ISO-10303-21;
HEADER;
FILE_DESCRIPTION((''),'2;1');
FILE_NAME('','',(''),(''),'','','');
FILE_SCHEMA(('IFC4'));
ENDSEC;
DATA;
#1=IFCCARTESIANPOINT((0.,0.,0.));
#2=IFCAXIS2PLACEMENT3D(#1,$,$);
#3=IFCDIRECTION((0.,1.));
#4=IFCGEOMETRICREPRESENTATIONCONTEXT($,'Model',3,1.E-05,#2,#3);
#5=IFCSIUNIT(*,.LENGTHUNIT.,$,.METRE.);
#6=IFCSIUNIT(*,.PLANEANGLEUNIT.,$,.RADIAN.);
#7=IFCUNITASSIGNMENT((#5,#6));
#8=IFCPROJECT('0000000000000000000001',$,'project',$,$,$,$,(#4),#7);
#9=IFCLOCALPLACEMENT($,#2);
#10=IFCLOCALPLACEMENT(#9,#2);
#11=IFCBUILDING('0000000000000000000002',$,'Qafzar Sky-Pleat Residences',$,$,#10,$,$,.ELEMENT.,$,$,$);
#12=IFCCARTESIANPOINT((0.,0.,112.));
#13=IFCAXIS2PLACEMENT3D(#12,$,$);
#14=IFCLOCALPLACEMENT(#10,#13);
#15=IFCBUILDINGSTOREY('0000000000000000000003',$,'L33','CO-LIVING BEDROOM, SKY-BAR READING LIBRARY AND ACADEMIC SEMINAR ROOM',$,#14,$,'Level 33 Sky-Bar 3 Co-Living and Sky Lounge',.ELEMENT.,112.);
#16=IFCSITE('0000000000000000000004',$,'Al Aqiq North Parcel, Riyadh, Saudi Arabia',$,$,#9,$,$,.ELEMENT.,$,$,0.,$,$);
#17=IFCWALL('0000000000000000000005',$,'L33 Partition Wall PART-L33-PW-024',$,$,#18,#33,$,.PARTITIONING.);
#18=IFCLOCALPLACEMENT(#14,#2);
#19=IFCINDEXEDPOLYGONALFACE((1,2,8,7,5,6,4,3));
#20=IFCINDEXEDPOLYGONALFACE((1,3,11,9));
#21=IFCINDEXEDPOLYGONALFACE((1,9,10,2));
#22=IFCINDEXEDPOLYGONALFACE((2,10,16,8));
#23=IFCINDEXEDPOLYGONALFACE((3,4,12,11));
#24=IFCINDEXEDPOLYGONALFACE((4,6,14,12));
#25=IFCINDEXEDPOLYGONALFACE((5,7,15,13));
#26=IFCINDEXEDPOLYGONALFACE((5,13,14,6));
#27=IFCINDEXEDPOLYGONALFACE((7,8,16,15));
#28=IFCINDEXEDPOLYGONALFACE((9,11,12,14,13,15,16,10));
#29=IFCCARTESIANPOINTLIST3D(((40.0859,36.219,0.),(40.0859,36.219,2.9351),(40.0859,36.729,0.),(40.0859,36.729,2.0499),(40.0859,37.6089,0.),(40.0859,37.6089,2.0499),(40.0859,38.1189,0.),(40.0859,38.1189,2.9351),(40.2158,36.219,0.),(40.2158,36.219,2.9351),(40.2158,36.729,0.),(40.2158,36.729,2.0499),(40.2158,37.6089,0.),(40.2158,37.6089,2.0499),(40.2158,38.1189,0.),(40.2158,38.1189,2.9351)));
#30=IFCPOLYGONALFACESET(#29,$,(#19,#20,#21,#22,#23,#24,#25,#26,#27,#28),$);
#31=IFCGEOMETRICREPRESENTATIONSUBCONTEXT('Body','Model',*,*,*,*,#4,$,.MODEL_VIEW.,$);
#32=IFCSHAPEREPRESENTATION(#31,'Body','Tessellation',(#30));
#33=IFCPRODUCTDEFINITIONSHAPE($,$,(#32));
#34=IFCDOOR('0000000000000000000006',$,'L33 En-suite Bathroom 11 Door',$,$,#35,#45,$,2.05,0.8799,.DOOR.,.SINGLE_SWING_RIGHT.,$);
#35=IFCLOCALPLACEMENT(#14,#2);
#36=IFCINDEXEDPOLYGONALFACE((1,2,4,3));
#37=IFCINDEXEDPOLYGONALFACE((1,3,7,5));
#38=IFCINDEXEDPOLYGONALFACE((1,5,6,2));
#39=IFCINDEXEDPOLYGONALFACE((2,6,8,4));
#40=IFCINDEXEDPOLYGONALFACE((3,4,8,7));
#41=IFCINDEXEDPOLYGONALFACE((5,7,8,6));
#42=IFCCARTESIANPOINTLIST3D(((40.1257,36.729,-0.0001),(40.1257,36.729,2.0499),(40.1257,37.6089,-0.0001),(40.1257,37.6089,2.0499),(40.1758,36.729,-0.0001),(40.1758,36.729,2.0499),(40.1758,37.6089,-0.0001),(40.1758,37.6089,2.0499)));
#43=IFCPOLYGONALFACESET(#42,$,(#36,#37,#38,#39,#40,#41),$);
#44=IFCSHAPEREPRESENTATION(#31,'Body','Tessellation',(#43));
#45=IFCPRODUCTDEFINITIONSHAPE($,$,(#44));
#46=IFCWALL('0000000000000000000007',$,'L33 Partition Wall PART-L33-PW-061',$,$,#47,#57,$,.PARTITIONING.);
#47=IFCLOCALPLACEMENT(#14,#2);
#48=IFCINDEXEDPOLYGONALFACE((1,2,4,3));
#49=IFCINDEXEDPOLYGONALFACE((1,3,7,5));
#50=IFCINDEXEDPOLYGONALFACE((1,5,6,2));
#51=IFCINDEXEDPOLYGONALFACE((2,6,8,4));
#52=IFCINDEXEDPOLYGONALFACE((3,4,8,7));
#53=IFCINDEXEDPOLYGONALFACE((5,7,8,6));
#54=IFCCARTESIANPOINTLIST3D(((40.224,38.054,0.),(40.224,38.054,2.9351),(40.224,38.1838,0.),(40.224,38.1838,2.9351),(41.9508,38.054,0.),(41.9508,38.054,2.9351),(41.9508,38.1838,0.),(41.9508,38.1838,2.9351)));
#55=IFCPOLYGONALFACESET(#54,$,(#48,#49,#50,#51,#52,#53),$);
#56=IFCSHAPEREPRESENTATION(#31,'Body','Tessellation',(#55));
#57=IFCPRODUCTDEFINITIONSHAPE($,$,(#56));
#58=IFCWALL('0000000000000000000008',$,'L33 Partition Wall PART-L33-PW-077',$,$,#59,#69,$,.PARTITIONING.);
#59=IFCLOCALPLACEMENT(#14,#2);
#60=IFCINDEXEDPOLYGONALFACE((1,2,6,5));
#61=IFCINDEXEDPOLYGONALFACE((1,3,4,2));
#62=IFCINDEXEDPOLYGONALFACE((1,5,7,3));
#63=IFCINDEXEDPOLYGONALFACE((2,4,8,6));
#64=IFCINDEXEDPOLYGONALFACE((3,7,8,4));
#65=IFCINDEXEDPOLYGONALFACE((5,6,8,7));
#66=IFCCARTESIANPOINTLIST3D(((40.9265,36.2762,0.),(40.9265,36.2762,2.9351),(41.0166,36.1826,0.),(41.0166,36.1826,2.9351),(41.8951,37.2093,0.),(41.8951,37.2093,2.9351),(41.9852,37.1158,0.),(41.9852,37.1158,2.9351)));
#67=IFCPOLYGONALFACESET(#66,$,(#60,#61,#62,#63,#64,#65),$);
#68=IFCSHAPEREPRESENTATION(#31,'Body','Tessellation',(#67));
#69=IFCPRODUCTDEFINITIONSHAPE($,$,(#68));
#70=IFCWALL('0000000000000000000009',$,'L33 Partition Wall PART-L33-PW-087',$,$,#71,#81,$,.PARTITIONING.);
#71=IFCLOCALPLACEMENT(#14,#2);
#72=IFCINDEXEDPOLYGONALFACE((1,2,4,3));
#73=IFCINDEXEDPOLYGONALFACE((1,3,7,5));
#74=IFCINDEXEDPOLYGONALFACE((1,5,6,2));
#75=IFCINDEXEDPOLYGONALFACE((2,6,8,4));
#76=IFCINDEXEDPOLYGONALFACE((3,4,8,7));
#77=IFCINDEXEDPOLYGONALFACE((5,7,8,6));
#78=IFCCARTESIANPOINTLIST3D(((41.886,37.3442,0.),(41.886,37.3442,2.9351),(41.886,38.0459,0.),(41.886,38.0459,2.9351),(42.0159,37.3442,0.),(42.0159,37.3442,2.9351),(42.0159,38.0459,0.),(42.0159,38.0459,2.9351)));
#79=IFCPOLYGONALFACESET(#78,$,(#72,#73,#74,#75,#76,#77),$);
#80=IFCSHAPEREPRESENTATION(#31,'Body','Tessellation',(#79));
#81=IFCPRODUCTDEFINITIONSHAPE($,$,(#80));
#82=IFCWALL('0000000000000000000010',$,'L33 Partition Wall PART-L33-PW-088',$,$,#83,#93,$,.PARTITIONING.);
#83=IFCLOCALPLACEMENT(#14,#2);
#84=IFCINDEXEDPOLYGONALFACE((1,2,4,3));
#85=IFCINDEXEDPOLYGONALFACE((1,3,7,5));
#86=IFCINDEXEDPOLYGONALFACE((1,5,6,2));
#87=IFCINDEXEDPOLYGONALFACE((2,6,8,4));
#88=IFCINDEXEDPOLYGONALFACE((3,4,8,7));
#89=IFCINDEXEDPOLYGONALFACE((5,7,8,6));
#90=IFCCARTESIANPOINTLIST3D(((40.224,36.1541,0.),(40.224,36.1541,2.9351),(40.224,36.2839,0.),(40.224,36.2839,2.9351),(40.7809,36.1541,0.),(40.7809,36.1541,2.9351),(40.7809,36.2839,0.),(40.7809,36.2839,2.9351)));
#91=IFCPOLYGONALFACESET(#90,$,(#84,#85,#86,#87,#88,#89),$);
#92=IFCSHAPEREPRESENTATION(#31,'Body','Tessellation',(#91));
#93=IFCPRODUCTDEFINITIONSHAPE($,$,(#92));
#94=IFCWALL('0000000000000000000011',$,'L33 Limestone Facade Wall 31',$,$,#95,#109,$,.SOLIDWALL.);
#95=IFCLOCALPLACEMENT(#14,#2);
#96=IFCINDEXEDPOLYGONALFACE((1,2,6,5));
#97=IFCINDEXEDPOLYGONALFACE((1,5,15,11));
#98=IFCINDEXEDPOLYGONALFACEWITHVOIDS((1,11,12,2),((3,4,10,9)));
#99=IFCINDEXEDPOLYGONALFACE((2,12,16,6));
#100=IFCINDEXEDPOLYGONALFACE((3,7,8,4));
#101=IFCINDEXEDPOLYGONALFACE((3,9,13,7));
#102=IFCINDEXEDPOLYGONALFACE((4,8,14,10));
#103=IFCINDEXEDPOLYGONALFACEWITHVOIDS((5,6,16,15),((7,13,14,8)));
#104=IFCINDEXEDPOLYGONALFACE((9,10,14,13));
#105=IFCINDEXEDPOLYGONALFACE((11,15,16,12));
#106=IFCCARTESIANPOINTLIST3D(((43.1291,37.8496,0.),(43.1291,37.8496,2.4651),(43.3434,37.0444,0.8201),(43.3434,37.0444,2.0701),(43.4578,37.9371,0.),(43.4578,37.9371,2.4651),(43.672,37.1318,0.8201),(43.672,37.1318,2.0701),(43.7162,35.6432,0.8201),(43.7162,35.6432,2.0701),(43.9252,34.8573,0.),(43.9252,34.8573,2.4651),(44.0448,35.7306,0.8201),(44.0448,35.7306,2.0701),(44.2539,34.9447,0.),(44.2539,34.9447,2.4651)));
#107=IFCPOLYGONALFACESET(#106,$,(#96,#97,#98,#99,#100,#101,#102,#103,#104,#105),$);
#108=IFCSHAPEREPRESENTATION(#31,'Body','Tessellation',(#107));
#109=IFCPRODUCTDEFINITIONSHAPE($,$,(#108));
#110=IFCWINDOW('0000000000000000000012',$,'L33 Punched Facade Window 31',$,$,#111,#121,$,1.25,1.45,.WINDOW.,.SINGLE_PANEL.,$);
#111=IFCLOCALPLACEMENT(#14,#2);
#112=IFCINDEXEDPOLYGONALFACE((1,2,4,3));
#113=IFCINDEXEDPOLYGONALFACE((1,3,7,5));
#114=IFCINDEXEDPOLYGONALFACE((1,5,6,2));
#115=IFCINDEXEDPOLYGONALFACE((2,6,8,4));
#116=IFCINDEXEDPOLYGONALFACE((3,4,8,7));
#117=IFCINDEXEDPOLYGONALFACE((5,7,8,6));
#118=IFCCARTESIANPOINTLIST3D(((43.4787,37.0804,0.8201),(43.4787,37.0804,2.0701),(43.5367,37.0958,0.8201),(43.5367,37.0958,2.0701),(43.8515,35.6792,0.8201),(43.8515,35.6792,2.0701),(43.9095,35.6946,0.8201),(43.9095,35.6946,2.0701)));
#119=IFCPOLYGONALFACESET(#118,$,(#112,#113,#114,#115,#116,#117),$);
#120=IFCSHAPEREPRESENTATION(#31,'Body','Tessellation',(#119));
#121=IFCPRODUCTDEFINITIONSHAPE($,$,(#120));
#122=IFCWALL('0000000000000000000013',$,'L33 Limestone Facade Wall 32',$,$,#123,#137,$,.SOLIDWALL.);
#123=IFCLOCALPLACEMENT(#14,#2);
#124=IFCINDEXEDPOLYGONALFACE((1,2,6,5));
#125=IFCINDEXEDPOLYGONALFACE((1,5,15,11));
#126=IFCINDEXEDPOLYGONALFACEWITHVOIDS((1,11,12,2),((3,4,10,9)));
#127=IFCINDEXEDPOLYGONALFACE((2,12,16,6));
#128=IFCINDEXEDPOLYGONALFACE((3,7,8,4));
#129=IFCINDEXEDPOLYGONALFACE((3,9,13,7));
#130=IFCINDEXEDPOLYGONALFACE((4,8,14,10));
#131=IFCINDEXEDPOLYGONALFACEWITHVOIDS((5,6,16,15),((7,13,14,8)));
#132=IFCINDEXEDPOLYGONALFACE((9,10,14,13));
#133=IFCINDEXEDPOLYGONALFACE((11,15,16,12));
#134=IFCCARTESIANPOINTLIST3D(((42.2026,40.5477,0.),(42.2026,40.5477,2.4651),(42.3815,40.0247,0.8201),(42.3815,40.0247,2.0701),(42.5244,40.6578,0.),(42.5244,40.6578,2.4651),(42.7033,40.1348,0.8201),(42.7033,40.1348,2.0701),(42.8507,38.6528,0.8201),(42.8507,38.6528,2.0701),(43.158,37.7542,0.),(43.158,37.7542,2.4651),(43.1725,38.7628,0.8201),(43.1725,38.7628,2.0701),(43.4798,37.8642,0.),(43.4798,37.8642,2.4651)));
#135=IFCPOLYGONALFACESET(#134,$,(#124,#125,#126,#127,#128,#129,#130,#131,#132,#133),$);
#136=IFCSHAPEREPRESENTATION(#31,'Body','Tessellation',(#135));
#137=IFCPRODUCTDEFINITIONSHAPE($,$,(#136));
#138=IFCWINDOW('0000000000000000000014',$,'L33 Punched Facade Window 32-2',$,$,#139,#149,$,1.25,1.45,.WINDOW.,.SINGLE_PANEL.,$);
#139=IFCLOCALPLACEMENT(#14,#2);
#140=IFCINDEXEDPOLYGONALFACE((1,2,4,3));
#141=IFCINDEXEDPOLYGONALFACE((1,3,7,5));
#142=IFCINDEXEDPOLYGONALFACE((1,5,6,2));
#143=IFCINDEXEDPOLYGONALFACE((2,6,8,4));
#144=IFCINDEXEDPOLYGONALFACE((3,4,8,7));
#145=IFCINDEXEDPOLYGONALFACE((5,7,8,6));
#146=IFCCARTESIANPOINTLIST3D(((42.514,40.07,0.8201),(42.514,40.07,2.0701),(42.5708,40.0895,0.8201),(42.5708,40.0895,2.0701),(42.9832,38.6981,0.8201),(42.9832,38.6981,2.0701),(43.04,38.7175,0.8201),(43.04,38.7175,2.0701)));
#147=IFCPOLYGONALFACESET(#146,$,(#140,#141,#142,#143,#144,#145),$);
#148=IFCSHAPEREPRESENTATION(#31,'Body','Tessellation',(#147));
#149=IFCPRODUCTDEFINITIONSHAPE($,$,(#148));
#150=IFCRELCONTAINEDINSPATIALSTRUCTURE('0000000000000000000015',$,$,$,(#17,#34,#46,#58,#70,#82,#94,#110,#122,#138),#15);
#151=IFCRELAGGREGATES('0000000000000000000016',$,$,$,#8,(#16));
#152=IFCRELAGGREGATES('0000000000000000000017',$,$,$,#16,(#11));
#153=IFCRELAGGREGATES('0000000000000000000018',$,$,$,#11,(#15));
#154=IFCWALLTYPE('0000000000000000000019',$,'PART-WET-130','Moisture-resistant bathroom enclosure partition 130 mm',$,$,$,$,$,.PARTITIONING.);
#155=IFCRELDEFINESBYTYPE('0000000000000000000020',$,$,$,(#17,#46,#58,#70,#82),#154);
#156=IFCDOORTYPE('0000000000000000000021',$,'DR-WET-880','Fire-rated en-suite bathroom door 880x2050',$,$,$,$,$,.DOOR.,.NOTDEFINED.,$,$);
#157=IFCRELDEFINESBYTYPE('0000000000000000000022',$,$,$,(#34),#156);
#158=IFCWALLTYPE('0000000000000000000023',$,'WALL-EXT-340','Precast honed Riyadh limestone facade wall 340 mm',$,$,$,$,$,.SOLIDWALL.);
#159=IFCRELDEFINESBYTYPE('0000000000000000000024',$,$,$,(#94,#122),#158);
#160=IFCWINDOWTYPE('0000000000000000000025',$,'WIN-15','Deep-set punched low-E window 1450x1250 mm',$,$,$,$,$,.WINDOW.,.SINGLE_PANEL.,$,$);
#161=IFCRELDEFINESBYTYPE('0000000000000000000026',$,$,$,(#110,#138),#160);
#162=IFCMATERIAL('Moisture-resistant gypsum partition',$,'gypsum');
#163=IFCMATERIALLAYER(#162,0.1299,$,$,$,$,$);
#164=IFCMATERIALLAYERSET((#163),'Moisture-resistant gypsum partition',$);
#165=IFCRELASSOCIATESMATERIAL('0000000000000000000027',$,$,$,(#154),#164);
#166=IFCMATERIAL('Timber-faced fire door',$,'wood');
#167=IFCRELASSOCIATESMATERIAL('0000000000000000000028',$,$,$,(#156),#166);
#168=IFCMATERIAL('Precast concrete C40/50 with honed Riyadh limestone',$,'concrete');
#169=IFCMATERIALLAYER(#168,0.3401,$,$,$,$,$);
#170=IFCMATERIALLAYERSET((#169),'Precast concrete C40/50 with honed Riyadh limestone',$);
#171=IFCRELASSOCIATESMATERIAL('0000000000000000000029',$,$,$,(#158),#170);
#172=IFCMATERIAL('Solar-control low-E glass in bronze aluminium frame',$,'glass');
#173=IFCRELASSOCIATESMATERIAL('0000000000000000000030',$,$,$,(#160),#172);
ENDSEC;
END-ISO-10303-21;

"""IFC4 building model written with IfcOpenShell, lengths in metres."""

from ifc_helpers import new_model, si_unit, direction, frame, frame_2d, origin, place, context, subcontext, project, spatial, rectangle, extrude, source, transform, mapped, material, layer, layer_set, type_object, element, fill, save


model = new_model("IFC4")

# Units and contexts
model_context = context("Model", 3, precision=1e-05, world=origin(), true_north=direction((0.0, 1.0)))
body_context = subcontext(model_context, "Body", "Model", "MODEL_VIEW")
ifc_project = project(units=[si_unit("LENGTHUNIT", "METRE"), si_unit("PLANEANGLEUNIT", "RADIAN")], contexts=[model_context])

# Site, building, storey
site_placement = place(None, origin())
site = spatial("IfcSite", under=ifc_project, at=site_placement, Name="Al Aqiq North Parcel, Riyadh, Saudi Arabia", CompositionType="ELEMENT", RefElevation=0.0)
building_placement = place(site_placement, origin())
building = spatial("IfcBuilding", under=site, at=building_placement, Name="Qafzar Sky-Pleat Residences", CompositionType="ELEMENT")
storey_placement = place(building_placement, frame((0.0, 0.0, 112.0)))
storey = spatial("IfcBuildingStorey", under=building, at=storey_placement, Name="L33", Description="CO-LIVING BEDROOM, SKY-BAR READING LIBRARY AND ACADEMIC SEMINAR ROOM", LongName="Level 33 Sky-Bar 3 Co-Living and Sky Lounge", CompositionType="ELEMENT", Elevation=112.0)

# Wall, opening, door
ifc_material_1 = material(Name="Moisture-resistant gypsum partition", Category="gypsum")
ifc_layer_1 = layer(ifc_material_1, 0.1299)
ifc_layer_set_1 = layer_set([ifc_layer_1], Name="Moisture-resistant gypsum partition")
wall_type_1 = type_object("IfcWallType", Name="PART-WET-130", Description="Moisture-resistant bathroom enclosure partition 130 mm", PredefinedType="PARTITIONING", material=ifc_layer_set_1)
wall_1_placement = place(storey_placement, frame((40.1509, 38.1189, 0.0), z_axis=(0.0, 0.0, 1.0), x_axis=(0.0, -1.0, 0.0)))
wall_1 = element("IfcWall", 1, at=wall_1_placement, inside=storey, type_object=wall_type_1, Name="L33 Partition Wall PART-L33-PW-024", PredefinedType="PARTITIONING", context=body_context, shape_type="SweptSolid", body=[
    extrude(rectangle(XDim=1.8999, YDim=0.1299, at=frame_2d((0.95, 0.0))), origin(), (0.0, 0.0, 1.0), 2.9351),
])
opening_1_placement = place(wall_1_placement, frame((0.51, 0.0, 0.0)))
opening_1 = element("IfcOpeningElement", 2, at=opening_1_placement, cuts=wall_1, PredefinedType="OPENING", context=body_context, shape_type="SweptSolid", body=[
    extrude(rectangle(XDim=0.8799, YDim=2.05, at=frame_2d((0.4399, 1.0249))), frame((0.0, 0.075, 0.0), z_axis=(0.0, -1.0, 0.0), x_axis=(1.0, 0.0, 0.0)), (0.0, 0.0, 1.0), 0.1499),
])
ifc_material_2 = material(Name="Timber-faced fire door", Category="wood")
door_type = type_object("IfcDoorType", Name="DR-WET-880", Description="Fire-rated en-suite bathroom door 880x2050", OperationType="NOTDEFINED", PredefinedType="DOOR", material=ifc_material_2)
shared_shape_1 = source(origin(), body_context, "Body", "SweptSolid", [
    extrude(rectangle(XDim=0.8799, YDim=2.05, at=frame_2d((0.4399, 1.0249))), frame((0.0, 0.0249, 0.0), z_axis=(0.0, -1.0, 0.0), x_axis=(1.0, 0.0, 0.0)), (0.0, 0.0, 1.0), 0.05),
])
door_placement = place(opening_1_placement, origin())
door = element("IfcDoor", 3, at=door_placement, inside=storey, type_object=door_type, Name="L33 En-suite Bathroom 11 Door", OperationType="SINGLE_SWING_RIGHT", OverallHeight=2.05, OverallWidth=0.8799, PredefinedType="DOOR", context=body_context, shape_type="MappedRepresentation", body=[
    mapped(shared_shape_1, transform((0.0, 0.0, 0.0), x_axis=(1.0, 0.0, 0.0), y_axis=(0.0, 1.0, 0.0), z_axis=(0.0, 0.0, 1.0), scale=1.0)),
])
fill(opening_1, door)

# Walls
wall_2_placement = place(storey_placement, frame((40.2241, 38.1189, 0.0), z_axis=(0.0, 0.0, 1.0), x_axis=(1.0, 0.0, 0.0)))
element("IfcWall", 4, at=wall_2_placement, inside=storey, type_object=wall_type_1, Name="L33 Partition Wall PART-L33-PW-061", PredefinedType="PARTITIONING", context=body_context, shape_type="SweptSolid", body=[
    extrude(rectangle(XDim=1.7268, YDim=0.1299, at=frame_2d((0.8633, 0.0))), origin(), (0.0, 0.0, 1.0), 2.9351),
])
wall_3_placement = place(storey_placement, frame((40.9717, 36.2295, 0.0), z_axis=(0.0, 0.0, 1.0), x_axis=(0.720146, 0.693823, 0.0)))
element("IfcWall", 5, at=wall_3_placement, inside=storey, type_object=wall_type_1, Name="L33 Partition Wall PART-L33-PW-077", PredefinedType="PARTITIONING", context=body_context, shape_type="SweptSolid", body=[
    extrude(rectangle(XDim=1.345, YDim=0.1299, at=frame_2d((0.6724, 0.0))), origin(), (0.0, 0.0, 1.0), 2.9351),
])
wall_4_placement = place(storey_placement, frame((41.9509, 37.3442, 0.0), z_axis=(0.0, 0.0, 1.0), x_axis=(0.0, 1.0, 0.0)))
element("IfcWall", 6, at=wall_4_placement, inside=storey, type_object=wall_type_1, Name="L33 Partition Wall PART-L33-PW-087", PredefinedType="PARTITIONING", context=body_context, shape_type="SweptSolid", body=[
    extrude(rectangle(XDim=0.7017, YDim=0.1299, at=frame_2d((0.3508, 0.0))), origin(), (0.0, 0.0, 1.0), 2.9351),
])
wall_5_placement = place(storey_placement, frame((40.2241, 36.219, 0.0), z_axis=(0.0, 0.0, 1.0), x_axis=(1.0, 0.0, 0.0)))
element("IfcWall", 7, at=wall_5_placement, inside=storey, type_object=wall_type_1, Name="L33 Partition Wall PART-L33-PW-088", PredefinedType="PARTITIONING", context=body_context, shape_type="SweptSolid", body=[
    extrude(rectangle(XDim=0.5569, YDim=0.1299, at=frame_2d((0.2783, 0.0))), origin(), (0.0, 0.0, 1.0), 2.9351),
])

# Walls, openings, windows
ifc_material_3 = material(Name="Precast concrete C40/50 with honed Riyadh limestone", Category="concrete")
ifc_layer_2 = layer(ifc_material_3, 0.3401)
ifc_layer_set_2 = layer_set([ifc_layer_2], Name="Precast concrete C40/50 with honed Riyadh limestone")
wall_type_2 = type_object("IfcWallType", Name="WALL-EXT-340", Description="Precast honed Riyadh limestone facade wall 340 mm", PredefinedType="SOLIDWALL", material=ifc_layer_set_2)
wall_6_placement = place(storey_placement, frame((44.0896, 34.9009, 0.0), z_axis=(0.0, 0.0, 1.0), x_axis=(-0.257108, 0.966383, 0.0)))
wall_6 = element("IfcWall", 8, at=wall_6_placement, inside=storey, type_object=wall_type_2, Name="L33 Limestone Facade Wall 31", PredefinedType="SOLIDWALL", context=body_context, shape_type="SweptSolid", body=[
    extrude(rectangle(XDim=3.0964, YDim=0.3401, at=frame_2d((1.5483, 0.0))), origin(), (0.0, 0.0, 1.0), 2.4651),
])
opening_2_placement = place(wall_6_placement, frame((0.8132, 0.0, 0.8201)))
opening_2 = element("IfcOpeningElement", 9, at=opening_2_placement, cuts=wall_6, PredefinedType="OPENING", context=body_context, shape_type="SweptSolid", body=[
    extrude(rectangle(XDim=1.45, YDim=1.25, at=frame_2d((0.7251, 0.625))), frame((0.0, 0.1802, 0.0), z_axis=(0.0, -1.0, 0.0), x_axis=(1.0, 0.0, 0.0)), (0.0, 0.0, 1.0), 0.3601),
])
ifc_material_4 = material(Name="Solar-control low-E glass in bronze aluminium frame", Category="glass")
window_type_1 = type_object("IfcWindowType", Name="WIN-15", Description="Deep-set punched low-E window 1450x1250 mm", PartitioningType="SINGLE_PANEL", PredefinedType="WINDOW", material=ifc_material_4)
shared_shape_2 = source(origin(), body_context, "Body", "SweptSolid", [
    extrude(rectangle(XDim=1.45, YDim=1.25, at=frame_2d((0.7251, 0.625))), frame((0.0, 0.03, 0.0), z_axis=(0.0, -1.0, 0.0), x_axis=(1.0, 0.0, 0.0)), (0.0, 0.0, 1.0), 0.0601),
])
window_1_placement = place(opening_2_placement, origin())
window_1 = element("IfcWindow", 10, at=window_1_placement, inside=storey, type_object=window_type_1, Name="L33 Punched Facade Window 31", OverallHeight=1.25, OverallWidth=1.45, PartitioningType="SINGLE_PANEL", PredefinedType="WINDOW", context=body_context, shape_type="MappedRepresentation", body=[
    mapped(shared_shape_2, transform((0.0, 0.0, 0.0), x_axis=(1.0, 0.0, 0.0), y_axis=(0.0, 1.0, 0.0), z_axis=(0.0, 0.0, 1.0), scale=1.0)),
])
fill(opening_2, window_1)
wall_7_placement = place(storey_placement, frame((43.3188, 37.8093, 0.0), z_axis=(0.0, 0.0, 1.0), x_axis=(-0.323586, 0.946199, 0.0)))
wall_7 = element("IfcWall", 11, at=wall_7_placement, inside=storey, type_object=wall_type_2, Name="L33 Limestone Facade Wall 32", PredefinedType="SOLIDWALL", context=body_context, shape_type="SweptSolid", body=[
    extrude(rectangle(XDim=2.9524, YDim=0.3401, at=frame_2d((1.4761, 0.0))), origin(), (0.0, 0.0, 1.0), 2.4651),
])
opening_3_placement = place(wall_7_placement, frame((0.9495, 0.0, 0.8201)))
opening_3 = element("IfcOpeningElement", 12, at=opening_3_placement, cuts=wall_7, PredefinedType="OPENING", context=body_context, shape_type="SweptSolid", body=[
    extrude(rectangle(XDim=1.45, YDim=1.25, at=frame_2d((0.7251, 0.625))), frame((0.0, 0.1802, 0.0), z_axis=(0.0, -1.0, 0.0), x_axis=(1.0, 0.0, 0.0)), (0.0, 0.0, 1.0), 0.3601),
])
window_2_placement = place(opening_3_placement, origin())
window_2 = element("IfcWindow", 13, at=window_2_placement, inside=storey, type_object=window_type_1, Name="L33 Punched Facade Window 32-2", OverallHeight=1.25, OverallWidth=1.45, PartitioningType="SINGLE_PANEL", PredefinedType="WINDOW", context=body_context, shape_type="MappedRepresentation", body=[
    mapped(shared_shape_2, transform((0.0, 0.0, 0.0), x_axis=(1.0, 0.0, 0.0), y_axis=(0.0, 1.0, 0.0), z_axis=(0.0, 0.0, 1.0), scale=1.0)),
])
fill(opening_3, window_2)

save(model, "model.ifc")
